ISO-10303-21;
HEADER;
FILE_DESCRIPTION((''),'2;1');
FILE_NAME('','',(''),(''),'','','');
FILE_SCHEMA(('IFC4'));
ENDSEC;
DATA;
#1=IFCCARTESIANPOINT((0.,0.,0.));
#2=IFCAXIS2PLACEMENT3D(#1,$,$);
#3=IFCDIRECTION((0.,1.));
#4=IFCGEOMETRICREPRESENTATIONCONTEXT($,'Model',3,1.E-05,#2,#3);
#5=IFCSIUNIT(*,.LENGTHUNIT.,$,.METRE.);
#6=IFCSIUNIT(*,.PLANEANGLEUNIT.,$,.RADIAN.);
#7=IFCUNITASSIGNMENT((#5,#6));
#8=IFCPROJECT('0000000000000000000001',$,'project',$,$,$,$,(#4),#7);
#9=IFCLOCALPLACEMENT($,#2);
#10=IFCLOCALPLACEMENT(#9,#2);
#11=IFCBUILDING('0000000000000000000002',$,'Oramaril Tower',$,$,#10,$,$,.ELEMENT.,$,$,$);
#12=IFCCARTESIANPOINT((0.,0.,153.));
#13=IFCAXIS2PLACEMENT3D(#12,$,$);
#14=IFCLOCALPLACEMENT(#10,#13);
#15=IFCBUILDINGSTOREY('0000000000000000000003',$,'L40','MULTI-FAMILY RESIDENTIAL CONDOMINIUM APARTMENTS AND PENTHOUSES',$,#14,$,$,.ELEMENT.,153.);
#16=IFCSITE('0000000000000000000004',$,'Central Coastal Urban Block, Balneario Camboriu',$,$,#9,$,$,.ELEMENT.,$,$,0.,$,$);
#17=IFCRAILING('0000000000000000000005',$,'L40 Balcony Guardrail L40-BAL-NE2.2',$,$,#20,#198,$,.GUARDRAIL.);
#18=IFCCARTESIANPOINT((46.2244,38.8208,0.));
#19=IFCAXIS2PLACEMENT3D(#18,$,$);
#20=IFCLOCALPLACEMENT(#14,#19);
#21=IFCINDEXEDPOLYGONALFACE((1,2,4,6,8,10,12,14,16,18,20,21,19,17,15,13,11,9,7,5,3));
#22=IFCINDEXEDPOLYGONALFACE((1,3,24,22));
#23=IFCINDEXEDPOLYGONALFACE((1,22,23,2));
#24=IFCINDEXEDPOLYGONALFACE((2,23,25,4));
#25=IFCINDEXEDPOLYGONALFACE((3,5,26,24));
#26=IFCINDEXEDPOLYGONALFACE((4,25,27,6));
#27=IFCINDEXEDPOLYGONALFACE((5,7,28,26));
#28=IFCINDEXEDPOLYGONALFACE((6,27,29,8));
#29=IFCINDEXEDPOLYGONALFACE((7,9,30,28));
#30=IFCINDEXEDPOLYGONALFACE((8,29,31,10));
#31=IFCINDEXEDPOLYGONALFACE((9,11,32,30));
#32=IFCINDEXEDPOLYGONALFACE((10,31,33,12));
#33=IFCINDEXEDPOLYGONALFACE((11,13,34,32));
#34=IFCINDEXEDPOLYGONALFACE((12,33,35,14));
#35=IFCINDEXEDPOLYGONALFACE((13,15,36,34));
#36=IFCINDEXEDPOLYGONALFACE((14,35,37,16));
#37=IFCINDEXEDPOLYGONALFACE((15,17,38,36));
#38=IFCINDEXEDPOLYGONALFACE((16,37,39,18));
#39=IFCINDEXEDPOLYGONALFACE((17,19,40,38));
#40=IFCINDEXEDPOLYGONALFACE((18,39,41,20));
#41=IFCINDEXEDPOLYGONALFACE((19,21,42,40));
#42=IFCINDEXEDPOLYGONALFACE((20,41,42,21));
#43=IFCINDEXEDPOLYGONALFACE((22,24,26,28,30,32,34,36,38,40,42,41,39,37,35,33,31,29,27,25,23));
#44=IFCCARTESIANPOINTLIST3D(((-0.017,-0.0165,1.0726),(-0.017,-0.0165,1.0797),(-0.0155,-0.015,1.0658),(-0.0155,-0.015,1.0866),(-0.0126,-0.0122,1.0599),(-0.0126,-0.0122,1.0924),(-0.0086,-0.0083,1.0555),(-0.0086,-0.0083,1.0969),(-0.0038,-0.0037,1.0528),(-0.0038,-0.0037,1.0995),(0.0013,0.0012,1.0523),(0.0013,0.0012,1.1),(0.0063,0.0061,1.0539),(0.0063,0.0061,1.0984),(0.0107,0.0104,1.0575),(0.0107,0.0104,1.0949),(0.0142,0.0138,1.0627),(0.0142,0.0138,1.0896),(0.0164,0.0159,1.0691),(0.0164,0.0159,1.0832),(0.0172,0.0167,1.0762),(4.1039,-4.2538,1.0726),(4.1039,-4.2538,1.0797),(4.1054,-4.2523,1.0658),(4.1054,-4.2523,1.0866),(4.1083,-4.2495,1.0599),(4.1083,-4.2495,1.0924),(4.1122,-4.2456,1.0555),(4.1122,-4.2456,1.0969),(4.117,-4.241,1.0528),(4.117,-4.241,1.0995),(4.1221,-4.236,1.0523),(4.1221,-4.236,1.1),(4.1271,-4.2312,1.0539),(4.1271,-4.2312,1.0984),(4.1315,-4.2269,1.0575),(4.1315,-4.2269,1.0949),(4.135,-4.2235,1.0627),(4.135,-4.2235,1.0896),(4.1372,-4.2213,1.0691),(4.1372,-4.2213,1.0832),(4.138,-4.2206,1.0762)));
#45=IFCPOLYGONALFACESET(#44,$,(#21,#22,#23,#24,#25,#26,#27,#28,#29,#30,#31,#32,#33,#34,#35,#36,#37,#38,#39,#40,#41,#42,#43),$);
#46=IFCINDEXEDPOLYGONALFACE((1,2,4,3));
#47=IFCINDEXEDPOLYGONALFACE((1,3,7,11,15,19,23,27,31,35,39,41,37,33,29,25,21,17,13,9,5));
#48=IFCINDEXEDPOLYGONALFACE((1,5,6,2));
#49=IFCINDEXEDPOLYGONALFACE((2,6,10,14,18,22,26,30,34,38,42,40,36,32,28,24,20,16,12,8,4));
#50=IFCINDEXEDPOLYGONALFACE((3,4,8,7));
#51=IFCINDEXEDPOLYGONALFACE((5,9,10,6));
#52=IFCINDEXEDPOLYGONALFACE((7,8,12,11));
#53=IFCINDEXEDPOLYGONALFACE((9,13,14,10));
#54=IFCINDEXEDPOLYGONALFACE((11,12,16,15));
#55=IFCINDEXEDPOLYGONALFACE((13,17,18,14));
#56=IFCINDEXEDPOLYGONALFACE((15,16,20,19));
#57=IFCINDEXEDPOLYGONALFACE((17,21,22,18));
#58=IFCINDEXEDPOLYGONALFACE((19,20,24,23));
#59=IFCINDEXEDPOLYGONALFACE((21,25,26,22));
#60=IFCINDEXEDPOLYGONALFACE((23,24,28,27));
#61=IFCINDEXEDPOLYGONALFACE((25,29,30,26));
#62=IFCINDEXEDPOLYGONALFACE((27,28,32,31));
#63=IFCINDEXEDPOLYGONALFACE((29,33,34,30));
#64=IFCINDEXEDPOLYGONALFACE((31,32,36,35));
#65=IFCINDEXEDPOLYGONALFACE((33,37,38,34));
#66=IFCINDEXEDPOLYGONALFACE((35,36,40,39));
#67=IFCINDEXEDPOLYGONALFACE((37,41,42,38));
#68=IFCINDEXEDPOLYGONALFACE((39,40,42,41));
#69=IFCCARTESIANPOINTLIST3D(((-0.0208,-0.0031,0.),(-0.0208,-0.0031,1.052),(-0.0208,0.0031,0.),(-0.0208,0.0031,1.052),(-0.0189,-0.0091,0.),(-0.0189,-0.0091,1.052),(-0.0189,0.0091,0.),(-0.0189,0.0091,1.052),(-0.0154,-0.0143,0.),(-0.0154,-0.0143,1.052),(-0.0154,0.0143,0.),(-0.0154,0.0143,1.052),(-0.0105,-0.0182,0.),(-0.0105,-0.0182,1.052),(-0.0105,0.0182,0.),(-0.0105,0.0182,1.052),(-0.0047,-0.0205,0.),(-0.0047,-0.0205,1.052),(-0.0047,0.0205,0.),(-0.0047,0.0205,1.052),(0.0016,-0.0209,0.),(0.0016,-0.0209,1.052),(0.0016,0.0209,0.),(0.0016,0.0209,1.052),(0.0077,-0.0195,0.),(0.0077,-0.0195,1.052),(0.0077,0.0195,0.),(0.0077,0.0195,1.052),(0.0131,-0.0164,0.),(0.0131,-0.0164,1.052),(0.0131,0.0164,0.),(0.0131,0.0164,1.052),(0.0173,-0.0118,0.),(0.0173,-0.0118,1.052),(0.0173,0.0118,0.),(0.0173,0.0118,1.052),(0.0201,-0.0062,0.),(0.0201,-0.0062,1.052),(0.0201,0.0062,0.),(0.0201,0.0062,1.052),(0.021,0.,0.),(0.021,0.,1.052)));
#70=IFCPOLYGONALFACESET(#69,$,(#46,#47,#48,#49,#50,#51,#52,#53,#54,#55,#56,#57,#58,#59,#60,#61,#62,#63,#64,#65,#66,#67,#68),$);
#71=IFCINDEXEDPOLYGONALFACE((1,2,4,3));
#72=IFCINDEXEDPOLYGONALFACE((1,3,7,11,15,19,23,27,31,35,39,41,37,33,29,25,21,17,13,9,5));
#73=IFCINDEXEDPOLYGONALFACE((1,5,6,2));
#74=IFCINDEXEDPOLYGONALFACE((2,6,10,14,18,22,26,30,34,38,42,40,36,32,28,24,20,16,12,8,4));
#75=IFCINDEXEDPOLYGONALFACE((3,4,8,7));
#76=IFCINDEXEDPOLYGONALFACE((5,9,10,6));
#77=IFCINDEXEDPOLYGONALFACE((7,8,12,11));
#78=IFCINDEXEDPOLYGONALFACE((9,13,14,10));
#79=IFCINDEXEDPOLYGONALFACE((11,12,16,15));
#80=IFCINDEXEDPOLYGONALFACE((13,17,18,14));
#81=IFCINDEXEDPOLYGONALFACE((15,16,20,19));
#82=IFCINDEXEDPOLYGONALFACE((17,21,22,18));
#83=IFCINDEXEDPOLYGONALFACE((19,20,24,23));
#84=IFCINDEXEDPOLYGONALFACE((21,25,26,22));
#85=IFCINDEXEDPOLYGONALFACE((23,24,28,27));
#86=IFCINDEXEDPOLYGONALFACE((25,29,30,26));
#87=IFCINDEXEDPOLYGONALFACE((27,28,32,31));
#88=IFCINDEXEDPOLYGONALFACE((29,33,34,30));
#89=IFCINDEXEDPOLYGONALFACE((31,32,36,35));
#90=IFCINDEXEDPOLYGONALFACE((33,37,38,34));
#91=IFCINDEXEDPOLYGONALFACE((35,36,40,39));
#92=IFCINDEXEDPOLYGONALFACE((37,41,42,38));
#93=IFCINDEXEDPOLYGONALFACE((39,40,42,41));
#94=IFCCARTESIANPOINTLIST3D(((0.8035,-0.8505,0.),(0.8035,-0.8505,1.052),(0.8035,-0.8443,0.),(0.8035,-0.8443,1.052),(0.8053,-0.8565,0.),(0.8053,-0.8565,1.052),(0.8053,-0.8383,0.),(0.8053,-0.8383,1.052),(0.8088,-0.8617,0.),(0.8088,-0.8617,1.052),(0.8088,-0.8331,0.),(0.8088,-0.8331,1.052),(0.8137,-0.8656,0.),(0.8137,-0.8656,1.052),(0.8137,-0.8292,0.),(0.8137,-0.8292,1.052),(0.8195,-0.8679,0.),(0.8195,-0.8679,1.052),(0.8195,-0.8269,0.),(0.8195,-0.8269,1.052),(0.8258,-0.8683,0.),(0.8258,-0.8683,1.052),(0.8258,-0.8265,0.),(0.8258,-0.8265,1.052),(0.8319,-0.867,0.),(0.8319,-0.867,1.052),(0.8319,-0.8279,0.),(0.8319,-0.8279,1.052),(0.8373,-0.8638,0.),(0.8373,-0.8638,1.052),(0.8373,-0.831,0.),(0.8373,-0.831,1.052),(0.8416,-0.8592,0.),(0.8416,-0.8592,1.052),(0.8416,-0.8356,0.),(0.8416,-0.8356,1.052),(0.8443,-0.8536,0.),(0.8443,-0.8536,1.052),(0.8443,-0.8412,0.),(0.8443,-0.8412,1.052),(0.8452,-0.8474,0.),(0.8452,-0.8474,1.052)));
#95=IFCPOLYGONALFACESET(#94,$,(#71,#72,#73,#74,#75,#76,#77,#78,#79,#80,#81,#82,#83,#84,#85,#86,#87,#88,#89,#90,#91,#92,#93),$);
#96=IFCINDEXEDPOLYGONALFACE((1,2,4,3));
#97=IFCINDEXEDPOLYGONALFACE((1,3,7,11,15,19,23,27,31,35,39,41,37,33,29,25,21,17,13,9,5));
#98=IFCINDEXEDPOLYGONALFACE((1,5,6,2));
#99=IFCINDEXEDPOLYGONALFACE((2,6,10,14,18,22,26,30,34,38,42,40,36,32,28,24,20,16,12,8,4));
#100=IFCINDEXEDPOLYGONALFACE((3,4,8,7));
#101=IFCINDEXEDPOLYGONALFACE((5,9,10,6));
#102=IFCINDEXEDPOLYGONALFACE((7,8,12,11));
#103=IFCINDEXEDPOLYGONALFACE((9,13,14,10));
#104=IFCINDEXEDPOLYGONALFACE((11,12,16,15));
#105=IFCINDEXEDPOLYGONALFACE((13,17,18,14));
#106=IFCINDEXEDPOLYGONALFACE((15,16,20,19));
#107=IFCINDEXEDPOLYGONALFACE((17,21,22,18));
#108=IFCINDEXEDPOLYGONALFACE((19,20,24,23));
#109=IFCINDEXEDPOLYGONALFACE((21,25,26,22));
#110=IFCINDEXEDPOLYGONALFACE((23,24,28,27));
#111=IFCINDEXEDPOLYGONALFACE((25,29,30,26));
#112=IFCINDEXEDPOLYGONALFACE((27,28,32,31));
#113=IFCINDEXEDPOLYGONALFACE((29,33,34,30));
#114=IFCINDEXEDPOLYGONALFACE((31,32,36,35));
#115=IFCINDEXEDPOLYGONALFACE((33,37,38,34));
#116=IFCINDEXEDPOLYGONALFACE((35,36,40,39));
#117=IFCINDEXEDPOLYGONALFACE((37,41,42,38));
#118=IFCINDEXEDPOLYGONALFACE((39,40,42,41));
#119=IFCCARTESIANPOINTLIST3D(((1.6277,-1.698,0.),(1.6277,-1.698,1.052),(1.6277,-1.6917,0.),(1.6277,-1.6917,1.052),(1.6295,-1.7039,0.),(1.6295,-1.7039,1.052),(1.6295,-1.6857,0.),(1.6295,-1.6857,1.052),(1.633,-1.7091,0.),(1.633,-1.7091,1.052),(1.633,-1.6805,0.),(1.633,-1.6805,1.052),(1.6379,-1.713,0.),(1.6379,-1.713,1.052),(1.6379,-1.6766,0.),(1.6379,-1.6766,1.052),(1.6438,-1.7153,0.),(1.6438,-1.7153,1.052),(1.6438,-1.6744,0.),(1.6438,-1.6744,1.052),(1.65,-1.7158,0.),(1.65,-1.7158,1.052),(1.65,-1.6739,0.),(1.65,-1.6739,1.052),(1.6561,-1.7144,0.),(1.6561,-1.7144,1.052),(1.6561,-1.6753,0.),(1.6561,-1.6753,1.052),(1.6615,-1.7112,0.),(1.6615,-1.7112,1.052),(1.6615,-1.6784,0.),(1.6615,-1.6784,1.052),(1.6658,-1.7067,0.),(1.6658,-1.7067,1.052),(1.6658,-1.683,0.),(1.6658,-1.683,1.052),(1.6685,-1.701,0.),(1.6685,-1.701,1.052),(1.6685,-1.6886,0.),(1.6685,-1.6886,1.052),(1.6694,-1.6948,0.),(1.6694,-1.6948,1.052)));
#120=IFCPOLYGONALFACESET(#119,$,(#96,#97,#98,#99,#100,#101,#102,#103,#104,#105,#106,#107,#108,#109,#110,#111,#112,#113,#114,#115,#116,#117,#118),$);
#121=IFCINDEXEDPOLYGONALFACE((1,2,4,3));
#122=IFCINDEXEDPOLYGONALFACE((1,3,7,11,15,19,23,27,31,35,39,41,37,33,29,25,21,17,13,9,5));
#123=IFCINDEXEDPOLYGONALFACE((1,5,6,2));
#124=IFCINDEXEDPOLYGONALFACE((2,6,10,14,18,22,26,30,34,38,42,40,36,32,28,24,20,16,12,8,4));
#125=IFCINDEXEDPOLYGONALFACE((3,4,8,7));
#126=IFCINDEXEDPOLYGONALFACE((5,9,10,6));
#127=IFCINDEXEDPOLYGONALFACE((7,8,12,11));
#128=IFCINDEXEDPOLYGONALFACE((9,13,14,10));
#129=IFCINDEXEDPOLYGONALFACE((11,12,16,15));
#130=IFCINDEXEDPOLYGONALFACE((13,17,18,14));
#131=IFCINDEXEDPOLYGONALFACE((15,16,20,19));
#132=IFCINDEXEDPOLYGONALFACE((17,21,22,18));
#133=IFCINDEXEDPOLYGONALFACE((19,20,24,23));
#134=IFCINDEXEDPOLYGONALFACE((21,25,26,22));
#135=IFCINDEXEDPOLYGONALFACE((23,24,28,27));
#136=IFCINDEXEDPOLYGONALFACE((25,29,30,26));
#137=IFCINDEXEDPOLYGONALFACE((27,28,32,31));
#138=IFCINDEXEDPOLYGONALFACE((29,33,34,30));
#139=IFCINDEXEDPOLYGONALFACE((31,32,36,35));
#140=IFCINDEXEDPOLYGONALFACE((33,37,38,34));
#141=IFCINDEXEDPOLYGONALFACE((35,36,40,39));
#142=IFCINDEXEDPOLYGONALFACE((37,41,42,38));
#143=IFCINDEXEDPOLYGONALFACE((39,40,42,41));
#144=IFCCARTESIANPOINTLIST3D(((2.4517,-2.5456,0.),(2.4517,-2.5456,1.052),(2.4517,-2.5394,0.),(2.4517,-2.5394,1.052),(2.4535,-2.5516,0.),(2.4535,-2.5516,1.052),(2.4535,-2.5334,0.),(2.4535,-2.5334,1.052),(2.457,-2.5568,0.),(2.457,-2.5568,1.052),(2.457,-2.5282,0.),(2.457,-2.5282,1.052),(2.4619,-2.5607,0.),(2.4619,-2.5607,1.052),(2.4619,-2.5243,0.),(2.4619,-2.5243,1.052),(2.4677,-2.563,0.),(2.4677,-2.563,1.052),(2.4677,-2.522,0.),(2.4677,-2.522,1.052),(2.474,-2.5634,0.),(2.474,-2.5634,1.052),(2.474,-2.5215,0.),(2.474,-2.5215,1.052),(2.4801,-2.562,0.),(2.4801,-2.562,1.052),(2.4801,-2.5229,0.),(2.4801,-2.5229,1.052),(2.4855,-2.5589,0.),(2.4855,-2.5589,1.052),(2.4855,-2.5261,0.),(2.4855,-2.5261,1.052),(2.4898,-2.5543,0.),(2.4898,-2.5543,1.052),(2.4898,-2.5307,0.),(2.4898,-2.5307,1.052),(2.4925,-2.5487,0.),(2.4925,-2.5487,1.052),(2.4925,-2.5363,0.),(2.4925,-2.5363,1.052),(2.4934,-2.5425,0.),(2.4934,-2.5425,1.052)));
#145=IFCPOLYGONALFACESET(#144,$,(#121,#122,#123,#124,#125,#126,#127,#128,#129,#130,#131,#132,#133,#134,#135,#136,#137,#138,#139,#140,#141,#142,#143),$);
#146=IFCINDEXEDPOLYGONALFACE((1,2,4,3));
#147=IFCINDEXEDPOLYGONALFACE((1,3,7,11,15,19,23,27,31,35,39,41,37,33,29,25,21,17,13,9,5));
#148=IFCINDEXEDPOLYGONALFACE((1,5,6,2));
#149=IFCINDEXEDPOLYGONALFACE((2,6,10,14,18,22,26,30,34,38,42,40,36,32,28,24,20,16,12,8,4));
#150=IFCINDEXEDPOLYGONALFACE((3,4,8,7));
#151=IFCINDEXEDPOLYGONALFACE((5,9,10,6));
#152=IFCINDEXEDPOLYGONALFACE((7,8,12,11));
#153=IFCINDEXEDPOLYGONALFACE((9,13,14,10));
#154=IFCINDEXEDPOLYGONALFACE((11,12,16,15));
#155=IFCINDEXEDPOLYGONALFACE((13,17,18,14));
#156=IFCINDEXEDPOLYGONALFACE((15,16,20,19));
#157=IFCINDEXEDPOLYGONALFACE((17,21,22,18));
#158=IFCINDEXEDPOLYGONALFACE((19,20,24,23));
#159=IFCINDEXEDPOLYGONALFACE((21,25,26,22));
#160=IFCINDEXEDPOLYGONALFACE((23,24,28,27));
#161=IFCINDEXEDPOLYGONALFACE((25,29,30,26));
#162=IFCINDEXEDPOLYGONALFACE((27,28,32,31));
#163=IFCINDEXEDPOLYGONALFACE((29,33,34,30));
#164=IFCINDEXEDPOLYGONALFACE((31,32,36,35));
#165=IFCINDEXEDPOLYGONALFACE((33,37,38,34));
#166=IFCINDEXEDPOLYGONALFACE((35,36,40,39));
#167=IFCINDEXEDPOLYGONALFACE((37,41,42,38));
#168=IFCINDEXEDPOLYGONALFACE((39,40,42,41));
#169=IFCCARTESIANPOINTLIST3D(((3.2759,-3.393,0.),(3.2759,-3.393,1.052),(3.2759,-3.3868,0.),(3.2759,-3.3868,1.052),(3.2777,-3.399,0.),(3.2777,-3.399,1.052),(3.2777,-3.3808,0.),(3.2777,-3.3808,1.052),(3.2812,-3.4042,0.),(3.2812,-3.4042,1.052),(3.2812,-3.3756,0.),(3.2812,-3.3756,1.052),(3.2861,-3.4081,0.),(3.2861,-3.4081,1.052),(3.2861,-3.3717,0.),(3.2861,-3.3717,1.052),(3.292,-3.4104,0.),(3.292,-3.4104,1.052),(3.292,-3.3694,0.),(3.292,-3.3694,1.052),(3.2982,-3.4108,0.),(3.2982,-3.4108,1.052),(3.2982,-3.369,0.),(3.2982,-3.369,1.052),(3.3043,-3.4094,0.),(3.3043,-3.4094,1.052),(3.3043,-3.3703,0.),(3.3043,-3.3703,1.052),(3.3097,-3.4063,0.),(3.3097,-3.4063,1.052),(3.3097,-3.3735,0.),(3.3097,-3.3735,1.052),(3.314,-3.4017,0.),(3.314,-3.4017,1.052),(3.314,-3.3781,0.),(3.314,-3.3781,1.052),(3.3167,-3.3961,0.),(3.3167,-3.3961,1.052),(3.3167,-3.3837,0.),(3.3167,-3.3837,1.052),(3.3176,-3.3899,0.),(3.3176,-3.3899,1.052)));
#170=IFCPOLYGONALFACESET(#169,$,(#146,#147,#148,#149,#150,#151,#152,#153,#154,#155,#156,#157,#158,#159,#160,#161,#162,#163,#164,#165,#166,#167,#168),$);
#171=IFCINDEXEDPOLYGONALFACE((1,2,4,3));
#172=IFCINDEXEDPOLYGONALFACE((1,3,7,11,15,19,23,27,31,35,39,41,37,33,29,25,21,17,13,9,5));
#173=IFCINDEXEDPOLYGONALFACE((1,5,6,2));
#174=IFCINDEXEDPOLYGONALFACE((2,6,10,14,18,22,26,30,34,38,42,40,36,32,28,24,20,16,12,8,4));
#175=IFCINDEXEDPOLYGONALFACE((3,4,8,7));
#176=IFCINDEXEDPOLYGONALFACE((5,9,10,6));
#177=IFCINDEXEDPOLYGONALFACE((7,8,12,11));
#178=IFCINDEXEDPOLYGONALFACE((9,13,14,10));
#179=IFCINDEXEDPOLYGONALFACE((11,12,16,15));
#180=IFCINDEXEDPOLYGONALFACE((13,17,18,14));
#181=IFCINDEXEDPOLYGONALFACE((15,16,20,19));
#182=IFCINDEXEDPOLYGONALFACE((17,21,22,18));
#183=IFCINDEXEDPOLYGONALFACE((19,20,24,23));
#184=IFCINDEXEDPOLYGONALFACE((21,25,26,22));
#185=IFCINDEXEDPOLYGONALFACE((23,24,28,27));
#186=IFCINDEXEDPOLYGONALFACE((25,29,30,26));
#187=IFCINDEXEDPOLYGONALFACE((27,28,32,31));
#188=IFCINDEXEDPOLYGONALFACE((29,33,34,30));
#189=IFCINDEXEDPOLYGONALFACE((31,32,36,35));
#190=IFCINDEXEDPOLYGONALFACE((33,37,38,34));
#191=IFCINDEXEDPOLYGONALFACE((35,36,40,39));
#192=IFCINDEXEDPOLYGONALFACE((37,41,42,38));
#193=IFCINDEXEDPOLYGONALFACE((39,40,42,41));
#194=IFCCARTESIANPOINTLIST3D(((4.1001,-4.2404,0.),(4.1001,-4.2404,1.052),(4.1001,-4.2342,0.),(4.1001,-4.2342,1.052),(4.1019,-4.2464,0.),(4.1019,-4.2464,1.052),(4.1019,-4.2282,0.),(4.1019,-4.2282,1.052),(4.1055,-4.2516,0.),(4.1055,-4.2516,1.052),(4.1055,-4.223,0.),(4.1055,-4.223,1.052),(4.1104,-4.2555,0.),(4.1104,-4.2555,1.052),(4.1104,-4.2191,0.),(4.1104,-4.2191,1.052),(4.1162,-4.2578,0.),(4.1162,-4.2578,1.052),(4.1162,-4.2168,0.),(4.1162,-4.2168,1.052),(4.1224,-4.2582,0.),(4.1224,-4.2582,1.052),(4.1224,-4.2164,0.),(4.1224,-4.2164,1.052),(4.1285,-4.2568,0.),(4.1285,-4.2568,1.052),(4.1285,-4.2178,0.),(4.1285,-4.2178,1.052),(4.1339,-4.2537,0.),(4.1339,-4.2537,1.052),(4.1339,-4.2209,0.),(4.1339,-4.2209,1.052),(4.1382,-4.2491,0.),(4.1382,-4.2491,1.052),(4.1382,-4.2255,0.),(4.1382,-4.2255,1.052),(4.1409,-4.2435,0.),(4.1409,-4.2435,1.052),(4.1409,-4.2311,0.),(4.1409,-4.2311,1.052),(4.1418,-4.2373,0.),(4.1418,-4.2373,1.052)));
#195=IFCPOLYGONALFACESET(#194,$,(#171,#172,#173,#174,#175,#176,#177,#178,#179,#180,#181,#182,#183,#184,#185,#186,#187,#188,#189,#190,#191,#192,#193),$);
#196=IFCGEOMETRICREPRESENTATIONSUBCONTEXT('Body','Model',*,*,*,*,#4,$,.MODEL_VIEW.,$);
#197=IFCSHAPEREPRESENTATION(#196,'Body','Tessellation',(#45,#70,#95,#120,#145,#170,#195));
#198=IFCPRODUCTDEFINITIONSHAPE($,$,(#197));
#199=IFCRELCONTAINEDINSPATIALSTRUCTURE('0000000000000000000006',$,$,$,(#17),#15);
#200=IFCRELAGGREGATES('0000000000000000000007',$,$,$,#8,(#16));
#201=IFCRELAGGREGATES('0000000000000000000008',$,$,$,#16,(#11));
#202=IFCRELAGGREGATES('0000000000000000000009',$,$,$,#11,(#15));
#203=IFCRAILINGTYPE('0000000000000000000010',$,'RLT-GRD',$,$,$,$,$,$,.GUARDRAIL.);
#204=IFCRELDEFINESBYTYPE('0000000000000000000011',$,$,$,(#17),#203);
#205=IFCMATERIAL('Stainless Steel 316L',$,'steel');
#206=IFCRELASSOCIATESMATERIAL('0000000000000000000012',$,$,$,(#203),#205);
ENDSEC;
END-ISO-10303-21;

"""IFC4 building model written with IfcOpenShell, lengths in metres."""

from ifc_helpers import new_model, si_unit, direction, frame, origin, origin_2d, place, context, subcontext, project, spatial, circle, extrude, material, type_object, element, save


model = new_model("IFC4")

# Units and contexts
model_context = context("Model", 3, precision=1e-05, world=origin(), true_north=direction((0.0, 1.0)))
body_context = subcontext(model_context, "Body", "Model", "MODEL_VIEW")
ifc_project = project(units=[si_unit("LENGTHUNIT", "METRE"), si_unit("PLANEANGLEUNIT", "RADIAN")], contexts=[model_context])

# Site, building, storey
site_placement = place(None, origin())
site = spatial("IfcSite", under=ifc_project, at=site_placement, Name="Central Coastal Urban Block, Balneario Camboriu", CompositionType="ELEMENT", RefElevation=0.0)
building_placement = place(site_placement, origin())
building = spatial("IfcBuilding", under=site, at=building_placement, Name="Oramaril Tower", CompositionType="ELEMENT")
storey_placement = place(building_placement, frame((0.0, 0.0, 153.0)))
storey = spatial("IfcBuildingStorey", under=building, at=storey_placement, Name="L40", Description="MULTI-FAMILY RESIDENTIAL CONDOMINIUM APARTMENTS AND PENTHOUSES", CompositionType="ELEMENT", Elevation=153.0)

# Railing
ifc_material_1 = material(Name="Stainless Steel 316L", Category="steel")
railing_type = type_object("IfcRailingType", Name="RLT-GRD", PredefinedType="GUARDRAIL", material=ifc_material_1)
railing_1_placement = place(storey_placement, frame((46.2244, 38.8208, 0.0)))
element("IfcRailing", 1, at=railing_1_placement, inside=storey, type_object=railing_type, Name="L40 Balcony Guardrail L40-BAL-NE2.2", PredefinedType="GUARDRAIL", context=body_context, shape_type="SweptSolid", body=[
    extrude(circle(Radius=0.0239, at=origin_2d()), frame((0.0, 0.0, 1.0762), z_axis=(0.697187, -0.716889, 0.0), x_axis=(0.716889, 0.697187, 0.0)), (0.0, 0.0, 1.0), 5.9106),
    extrude(circle(Radius=0.021, at=origin_2d()), origin(), (0.0, 0.0, 1.0), 1.052),
    extrude(circle(Radius=0.021, at=origin_2d()), frame((0.8242, -0.8474, 0.0)), (0.0, 0.0, 1.0), 1.052),
    extrude(circle(Radius=0.021, at=origin_2d()), frame((1.6484, -1.6948, 0.0)), (0.0, 0.0, 1.0), 1.052),
    extrude(circle(Radius=0.021, at=origin_2d()), frame((2.4724, -2.5425, 0.0)), (0.0, 0.0, 1.0), 1.052),
    extrude(circle(Radius=0.021, at=origin_2d()), frame((3.2966, -3.3899, 0.0)), (0.0, 0.0, 1.0), 1.052),
    extrude(circle(Radius=0.021, at=origin_2d()), frame((4.1208, -4.2373, 0.0)), (0.0, 0.0, 1.0), 1.052),
])

save(model, "model.ifc")
